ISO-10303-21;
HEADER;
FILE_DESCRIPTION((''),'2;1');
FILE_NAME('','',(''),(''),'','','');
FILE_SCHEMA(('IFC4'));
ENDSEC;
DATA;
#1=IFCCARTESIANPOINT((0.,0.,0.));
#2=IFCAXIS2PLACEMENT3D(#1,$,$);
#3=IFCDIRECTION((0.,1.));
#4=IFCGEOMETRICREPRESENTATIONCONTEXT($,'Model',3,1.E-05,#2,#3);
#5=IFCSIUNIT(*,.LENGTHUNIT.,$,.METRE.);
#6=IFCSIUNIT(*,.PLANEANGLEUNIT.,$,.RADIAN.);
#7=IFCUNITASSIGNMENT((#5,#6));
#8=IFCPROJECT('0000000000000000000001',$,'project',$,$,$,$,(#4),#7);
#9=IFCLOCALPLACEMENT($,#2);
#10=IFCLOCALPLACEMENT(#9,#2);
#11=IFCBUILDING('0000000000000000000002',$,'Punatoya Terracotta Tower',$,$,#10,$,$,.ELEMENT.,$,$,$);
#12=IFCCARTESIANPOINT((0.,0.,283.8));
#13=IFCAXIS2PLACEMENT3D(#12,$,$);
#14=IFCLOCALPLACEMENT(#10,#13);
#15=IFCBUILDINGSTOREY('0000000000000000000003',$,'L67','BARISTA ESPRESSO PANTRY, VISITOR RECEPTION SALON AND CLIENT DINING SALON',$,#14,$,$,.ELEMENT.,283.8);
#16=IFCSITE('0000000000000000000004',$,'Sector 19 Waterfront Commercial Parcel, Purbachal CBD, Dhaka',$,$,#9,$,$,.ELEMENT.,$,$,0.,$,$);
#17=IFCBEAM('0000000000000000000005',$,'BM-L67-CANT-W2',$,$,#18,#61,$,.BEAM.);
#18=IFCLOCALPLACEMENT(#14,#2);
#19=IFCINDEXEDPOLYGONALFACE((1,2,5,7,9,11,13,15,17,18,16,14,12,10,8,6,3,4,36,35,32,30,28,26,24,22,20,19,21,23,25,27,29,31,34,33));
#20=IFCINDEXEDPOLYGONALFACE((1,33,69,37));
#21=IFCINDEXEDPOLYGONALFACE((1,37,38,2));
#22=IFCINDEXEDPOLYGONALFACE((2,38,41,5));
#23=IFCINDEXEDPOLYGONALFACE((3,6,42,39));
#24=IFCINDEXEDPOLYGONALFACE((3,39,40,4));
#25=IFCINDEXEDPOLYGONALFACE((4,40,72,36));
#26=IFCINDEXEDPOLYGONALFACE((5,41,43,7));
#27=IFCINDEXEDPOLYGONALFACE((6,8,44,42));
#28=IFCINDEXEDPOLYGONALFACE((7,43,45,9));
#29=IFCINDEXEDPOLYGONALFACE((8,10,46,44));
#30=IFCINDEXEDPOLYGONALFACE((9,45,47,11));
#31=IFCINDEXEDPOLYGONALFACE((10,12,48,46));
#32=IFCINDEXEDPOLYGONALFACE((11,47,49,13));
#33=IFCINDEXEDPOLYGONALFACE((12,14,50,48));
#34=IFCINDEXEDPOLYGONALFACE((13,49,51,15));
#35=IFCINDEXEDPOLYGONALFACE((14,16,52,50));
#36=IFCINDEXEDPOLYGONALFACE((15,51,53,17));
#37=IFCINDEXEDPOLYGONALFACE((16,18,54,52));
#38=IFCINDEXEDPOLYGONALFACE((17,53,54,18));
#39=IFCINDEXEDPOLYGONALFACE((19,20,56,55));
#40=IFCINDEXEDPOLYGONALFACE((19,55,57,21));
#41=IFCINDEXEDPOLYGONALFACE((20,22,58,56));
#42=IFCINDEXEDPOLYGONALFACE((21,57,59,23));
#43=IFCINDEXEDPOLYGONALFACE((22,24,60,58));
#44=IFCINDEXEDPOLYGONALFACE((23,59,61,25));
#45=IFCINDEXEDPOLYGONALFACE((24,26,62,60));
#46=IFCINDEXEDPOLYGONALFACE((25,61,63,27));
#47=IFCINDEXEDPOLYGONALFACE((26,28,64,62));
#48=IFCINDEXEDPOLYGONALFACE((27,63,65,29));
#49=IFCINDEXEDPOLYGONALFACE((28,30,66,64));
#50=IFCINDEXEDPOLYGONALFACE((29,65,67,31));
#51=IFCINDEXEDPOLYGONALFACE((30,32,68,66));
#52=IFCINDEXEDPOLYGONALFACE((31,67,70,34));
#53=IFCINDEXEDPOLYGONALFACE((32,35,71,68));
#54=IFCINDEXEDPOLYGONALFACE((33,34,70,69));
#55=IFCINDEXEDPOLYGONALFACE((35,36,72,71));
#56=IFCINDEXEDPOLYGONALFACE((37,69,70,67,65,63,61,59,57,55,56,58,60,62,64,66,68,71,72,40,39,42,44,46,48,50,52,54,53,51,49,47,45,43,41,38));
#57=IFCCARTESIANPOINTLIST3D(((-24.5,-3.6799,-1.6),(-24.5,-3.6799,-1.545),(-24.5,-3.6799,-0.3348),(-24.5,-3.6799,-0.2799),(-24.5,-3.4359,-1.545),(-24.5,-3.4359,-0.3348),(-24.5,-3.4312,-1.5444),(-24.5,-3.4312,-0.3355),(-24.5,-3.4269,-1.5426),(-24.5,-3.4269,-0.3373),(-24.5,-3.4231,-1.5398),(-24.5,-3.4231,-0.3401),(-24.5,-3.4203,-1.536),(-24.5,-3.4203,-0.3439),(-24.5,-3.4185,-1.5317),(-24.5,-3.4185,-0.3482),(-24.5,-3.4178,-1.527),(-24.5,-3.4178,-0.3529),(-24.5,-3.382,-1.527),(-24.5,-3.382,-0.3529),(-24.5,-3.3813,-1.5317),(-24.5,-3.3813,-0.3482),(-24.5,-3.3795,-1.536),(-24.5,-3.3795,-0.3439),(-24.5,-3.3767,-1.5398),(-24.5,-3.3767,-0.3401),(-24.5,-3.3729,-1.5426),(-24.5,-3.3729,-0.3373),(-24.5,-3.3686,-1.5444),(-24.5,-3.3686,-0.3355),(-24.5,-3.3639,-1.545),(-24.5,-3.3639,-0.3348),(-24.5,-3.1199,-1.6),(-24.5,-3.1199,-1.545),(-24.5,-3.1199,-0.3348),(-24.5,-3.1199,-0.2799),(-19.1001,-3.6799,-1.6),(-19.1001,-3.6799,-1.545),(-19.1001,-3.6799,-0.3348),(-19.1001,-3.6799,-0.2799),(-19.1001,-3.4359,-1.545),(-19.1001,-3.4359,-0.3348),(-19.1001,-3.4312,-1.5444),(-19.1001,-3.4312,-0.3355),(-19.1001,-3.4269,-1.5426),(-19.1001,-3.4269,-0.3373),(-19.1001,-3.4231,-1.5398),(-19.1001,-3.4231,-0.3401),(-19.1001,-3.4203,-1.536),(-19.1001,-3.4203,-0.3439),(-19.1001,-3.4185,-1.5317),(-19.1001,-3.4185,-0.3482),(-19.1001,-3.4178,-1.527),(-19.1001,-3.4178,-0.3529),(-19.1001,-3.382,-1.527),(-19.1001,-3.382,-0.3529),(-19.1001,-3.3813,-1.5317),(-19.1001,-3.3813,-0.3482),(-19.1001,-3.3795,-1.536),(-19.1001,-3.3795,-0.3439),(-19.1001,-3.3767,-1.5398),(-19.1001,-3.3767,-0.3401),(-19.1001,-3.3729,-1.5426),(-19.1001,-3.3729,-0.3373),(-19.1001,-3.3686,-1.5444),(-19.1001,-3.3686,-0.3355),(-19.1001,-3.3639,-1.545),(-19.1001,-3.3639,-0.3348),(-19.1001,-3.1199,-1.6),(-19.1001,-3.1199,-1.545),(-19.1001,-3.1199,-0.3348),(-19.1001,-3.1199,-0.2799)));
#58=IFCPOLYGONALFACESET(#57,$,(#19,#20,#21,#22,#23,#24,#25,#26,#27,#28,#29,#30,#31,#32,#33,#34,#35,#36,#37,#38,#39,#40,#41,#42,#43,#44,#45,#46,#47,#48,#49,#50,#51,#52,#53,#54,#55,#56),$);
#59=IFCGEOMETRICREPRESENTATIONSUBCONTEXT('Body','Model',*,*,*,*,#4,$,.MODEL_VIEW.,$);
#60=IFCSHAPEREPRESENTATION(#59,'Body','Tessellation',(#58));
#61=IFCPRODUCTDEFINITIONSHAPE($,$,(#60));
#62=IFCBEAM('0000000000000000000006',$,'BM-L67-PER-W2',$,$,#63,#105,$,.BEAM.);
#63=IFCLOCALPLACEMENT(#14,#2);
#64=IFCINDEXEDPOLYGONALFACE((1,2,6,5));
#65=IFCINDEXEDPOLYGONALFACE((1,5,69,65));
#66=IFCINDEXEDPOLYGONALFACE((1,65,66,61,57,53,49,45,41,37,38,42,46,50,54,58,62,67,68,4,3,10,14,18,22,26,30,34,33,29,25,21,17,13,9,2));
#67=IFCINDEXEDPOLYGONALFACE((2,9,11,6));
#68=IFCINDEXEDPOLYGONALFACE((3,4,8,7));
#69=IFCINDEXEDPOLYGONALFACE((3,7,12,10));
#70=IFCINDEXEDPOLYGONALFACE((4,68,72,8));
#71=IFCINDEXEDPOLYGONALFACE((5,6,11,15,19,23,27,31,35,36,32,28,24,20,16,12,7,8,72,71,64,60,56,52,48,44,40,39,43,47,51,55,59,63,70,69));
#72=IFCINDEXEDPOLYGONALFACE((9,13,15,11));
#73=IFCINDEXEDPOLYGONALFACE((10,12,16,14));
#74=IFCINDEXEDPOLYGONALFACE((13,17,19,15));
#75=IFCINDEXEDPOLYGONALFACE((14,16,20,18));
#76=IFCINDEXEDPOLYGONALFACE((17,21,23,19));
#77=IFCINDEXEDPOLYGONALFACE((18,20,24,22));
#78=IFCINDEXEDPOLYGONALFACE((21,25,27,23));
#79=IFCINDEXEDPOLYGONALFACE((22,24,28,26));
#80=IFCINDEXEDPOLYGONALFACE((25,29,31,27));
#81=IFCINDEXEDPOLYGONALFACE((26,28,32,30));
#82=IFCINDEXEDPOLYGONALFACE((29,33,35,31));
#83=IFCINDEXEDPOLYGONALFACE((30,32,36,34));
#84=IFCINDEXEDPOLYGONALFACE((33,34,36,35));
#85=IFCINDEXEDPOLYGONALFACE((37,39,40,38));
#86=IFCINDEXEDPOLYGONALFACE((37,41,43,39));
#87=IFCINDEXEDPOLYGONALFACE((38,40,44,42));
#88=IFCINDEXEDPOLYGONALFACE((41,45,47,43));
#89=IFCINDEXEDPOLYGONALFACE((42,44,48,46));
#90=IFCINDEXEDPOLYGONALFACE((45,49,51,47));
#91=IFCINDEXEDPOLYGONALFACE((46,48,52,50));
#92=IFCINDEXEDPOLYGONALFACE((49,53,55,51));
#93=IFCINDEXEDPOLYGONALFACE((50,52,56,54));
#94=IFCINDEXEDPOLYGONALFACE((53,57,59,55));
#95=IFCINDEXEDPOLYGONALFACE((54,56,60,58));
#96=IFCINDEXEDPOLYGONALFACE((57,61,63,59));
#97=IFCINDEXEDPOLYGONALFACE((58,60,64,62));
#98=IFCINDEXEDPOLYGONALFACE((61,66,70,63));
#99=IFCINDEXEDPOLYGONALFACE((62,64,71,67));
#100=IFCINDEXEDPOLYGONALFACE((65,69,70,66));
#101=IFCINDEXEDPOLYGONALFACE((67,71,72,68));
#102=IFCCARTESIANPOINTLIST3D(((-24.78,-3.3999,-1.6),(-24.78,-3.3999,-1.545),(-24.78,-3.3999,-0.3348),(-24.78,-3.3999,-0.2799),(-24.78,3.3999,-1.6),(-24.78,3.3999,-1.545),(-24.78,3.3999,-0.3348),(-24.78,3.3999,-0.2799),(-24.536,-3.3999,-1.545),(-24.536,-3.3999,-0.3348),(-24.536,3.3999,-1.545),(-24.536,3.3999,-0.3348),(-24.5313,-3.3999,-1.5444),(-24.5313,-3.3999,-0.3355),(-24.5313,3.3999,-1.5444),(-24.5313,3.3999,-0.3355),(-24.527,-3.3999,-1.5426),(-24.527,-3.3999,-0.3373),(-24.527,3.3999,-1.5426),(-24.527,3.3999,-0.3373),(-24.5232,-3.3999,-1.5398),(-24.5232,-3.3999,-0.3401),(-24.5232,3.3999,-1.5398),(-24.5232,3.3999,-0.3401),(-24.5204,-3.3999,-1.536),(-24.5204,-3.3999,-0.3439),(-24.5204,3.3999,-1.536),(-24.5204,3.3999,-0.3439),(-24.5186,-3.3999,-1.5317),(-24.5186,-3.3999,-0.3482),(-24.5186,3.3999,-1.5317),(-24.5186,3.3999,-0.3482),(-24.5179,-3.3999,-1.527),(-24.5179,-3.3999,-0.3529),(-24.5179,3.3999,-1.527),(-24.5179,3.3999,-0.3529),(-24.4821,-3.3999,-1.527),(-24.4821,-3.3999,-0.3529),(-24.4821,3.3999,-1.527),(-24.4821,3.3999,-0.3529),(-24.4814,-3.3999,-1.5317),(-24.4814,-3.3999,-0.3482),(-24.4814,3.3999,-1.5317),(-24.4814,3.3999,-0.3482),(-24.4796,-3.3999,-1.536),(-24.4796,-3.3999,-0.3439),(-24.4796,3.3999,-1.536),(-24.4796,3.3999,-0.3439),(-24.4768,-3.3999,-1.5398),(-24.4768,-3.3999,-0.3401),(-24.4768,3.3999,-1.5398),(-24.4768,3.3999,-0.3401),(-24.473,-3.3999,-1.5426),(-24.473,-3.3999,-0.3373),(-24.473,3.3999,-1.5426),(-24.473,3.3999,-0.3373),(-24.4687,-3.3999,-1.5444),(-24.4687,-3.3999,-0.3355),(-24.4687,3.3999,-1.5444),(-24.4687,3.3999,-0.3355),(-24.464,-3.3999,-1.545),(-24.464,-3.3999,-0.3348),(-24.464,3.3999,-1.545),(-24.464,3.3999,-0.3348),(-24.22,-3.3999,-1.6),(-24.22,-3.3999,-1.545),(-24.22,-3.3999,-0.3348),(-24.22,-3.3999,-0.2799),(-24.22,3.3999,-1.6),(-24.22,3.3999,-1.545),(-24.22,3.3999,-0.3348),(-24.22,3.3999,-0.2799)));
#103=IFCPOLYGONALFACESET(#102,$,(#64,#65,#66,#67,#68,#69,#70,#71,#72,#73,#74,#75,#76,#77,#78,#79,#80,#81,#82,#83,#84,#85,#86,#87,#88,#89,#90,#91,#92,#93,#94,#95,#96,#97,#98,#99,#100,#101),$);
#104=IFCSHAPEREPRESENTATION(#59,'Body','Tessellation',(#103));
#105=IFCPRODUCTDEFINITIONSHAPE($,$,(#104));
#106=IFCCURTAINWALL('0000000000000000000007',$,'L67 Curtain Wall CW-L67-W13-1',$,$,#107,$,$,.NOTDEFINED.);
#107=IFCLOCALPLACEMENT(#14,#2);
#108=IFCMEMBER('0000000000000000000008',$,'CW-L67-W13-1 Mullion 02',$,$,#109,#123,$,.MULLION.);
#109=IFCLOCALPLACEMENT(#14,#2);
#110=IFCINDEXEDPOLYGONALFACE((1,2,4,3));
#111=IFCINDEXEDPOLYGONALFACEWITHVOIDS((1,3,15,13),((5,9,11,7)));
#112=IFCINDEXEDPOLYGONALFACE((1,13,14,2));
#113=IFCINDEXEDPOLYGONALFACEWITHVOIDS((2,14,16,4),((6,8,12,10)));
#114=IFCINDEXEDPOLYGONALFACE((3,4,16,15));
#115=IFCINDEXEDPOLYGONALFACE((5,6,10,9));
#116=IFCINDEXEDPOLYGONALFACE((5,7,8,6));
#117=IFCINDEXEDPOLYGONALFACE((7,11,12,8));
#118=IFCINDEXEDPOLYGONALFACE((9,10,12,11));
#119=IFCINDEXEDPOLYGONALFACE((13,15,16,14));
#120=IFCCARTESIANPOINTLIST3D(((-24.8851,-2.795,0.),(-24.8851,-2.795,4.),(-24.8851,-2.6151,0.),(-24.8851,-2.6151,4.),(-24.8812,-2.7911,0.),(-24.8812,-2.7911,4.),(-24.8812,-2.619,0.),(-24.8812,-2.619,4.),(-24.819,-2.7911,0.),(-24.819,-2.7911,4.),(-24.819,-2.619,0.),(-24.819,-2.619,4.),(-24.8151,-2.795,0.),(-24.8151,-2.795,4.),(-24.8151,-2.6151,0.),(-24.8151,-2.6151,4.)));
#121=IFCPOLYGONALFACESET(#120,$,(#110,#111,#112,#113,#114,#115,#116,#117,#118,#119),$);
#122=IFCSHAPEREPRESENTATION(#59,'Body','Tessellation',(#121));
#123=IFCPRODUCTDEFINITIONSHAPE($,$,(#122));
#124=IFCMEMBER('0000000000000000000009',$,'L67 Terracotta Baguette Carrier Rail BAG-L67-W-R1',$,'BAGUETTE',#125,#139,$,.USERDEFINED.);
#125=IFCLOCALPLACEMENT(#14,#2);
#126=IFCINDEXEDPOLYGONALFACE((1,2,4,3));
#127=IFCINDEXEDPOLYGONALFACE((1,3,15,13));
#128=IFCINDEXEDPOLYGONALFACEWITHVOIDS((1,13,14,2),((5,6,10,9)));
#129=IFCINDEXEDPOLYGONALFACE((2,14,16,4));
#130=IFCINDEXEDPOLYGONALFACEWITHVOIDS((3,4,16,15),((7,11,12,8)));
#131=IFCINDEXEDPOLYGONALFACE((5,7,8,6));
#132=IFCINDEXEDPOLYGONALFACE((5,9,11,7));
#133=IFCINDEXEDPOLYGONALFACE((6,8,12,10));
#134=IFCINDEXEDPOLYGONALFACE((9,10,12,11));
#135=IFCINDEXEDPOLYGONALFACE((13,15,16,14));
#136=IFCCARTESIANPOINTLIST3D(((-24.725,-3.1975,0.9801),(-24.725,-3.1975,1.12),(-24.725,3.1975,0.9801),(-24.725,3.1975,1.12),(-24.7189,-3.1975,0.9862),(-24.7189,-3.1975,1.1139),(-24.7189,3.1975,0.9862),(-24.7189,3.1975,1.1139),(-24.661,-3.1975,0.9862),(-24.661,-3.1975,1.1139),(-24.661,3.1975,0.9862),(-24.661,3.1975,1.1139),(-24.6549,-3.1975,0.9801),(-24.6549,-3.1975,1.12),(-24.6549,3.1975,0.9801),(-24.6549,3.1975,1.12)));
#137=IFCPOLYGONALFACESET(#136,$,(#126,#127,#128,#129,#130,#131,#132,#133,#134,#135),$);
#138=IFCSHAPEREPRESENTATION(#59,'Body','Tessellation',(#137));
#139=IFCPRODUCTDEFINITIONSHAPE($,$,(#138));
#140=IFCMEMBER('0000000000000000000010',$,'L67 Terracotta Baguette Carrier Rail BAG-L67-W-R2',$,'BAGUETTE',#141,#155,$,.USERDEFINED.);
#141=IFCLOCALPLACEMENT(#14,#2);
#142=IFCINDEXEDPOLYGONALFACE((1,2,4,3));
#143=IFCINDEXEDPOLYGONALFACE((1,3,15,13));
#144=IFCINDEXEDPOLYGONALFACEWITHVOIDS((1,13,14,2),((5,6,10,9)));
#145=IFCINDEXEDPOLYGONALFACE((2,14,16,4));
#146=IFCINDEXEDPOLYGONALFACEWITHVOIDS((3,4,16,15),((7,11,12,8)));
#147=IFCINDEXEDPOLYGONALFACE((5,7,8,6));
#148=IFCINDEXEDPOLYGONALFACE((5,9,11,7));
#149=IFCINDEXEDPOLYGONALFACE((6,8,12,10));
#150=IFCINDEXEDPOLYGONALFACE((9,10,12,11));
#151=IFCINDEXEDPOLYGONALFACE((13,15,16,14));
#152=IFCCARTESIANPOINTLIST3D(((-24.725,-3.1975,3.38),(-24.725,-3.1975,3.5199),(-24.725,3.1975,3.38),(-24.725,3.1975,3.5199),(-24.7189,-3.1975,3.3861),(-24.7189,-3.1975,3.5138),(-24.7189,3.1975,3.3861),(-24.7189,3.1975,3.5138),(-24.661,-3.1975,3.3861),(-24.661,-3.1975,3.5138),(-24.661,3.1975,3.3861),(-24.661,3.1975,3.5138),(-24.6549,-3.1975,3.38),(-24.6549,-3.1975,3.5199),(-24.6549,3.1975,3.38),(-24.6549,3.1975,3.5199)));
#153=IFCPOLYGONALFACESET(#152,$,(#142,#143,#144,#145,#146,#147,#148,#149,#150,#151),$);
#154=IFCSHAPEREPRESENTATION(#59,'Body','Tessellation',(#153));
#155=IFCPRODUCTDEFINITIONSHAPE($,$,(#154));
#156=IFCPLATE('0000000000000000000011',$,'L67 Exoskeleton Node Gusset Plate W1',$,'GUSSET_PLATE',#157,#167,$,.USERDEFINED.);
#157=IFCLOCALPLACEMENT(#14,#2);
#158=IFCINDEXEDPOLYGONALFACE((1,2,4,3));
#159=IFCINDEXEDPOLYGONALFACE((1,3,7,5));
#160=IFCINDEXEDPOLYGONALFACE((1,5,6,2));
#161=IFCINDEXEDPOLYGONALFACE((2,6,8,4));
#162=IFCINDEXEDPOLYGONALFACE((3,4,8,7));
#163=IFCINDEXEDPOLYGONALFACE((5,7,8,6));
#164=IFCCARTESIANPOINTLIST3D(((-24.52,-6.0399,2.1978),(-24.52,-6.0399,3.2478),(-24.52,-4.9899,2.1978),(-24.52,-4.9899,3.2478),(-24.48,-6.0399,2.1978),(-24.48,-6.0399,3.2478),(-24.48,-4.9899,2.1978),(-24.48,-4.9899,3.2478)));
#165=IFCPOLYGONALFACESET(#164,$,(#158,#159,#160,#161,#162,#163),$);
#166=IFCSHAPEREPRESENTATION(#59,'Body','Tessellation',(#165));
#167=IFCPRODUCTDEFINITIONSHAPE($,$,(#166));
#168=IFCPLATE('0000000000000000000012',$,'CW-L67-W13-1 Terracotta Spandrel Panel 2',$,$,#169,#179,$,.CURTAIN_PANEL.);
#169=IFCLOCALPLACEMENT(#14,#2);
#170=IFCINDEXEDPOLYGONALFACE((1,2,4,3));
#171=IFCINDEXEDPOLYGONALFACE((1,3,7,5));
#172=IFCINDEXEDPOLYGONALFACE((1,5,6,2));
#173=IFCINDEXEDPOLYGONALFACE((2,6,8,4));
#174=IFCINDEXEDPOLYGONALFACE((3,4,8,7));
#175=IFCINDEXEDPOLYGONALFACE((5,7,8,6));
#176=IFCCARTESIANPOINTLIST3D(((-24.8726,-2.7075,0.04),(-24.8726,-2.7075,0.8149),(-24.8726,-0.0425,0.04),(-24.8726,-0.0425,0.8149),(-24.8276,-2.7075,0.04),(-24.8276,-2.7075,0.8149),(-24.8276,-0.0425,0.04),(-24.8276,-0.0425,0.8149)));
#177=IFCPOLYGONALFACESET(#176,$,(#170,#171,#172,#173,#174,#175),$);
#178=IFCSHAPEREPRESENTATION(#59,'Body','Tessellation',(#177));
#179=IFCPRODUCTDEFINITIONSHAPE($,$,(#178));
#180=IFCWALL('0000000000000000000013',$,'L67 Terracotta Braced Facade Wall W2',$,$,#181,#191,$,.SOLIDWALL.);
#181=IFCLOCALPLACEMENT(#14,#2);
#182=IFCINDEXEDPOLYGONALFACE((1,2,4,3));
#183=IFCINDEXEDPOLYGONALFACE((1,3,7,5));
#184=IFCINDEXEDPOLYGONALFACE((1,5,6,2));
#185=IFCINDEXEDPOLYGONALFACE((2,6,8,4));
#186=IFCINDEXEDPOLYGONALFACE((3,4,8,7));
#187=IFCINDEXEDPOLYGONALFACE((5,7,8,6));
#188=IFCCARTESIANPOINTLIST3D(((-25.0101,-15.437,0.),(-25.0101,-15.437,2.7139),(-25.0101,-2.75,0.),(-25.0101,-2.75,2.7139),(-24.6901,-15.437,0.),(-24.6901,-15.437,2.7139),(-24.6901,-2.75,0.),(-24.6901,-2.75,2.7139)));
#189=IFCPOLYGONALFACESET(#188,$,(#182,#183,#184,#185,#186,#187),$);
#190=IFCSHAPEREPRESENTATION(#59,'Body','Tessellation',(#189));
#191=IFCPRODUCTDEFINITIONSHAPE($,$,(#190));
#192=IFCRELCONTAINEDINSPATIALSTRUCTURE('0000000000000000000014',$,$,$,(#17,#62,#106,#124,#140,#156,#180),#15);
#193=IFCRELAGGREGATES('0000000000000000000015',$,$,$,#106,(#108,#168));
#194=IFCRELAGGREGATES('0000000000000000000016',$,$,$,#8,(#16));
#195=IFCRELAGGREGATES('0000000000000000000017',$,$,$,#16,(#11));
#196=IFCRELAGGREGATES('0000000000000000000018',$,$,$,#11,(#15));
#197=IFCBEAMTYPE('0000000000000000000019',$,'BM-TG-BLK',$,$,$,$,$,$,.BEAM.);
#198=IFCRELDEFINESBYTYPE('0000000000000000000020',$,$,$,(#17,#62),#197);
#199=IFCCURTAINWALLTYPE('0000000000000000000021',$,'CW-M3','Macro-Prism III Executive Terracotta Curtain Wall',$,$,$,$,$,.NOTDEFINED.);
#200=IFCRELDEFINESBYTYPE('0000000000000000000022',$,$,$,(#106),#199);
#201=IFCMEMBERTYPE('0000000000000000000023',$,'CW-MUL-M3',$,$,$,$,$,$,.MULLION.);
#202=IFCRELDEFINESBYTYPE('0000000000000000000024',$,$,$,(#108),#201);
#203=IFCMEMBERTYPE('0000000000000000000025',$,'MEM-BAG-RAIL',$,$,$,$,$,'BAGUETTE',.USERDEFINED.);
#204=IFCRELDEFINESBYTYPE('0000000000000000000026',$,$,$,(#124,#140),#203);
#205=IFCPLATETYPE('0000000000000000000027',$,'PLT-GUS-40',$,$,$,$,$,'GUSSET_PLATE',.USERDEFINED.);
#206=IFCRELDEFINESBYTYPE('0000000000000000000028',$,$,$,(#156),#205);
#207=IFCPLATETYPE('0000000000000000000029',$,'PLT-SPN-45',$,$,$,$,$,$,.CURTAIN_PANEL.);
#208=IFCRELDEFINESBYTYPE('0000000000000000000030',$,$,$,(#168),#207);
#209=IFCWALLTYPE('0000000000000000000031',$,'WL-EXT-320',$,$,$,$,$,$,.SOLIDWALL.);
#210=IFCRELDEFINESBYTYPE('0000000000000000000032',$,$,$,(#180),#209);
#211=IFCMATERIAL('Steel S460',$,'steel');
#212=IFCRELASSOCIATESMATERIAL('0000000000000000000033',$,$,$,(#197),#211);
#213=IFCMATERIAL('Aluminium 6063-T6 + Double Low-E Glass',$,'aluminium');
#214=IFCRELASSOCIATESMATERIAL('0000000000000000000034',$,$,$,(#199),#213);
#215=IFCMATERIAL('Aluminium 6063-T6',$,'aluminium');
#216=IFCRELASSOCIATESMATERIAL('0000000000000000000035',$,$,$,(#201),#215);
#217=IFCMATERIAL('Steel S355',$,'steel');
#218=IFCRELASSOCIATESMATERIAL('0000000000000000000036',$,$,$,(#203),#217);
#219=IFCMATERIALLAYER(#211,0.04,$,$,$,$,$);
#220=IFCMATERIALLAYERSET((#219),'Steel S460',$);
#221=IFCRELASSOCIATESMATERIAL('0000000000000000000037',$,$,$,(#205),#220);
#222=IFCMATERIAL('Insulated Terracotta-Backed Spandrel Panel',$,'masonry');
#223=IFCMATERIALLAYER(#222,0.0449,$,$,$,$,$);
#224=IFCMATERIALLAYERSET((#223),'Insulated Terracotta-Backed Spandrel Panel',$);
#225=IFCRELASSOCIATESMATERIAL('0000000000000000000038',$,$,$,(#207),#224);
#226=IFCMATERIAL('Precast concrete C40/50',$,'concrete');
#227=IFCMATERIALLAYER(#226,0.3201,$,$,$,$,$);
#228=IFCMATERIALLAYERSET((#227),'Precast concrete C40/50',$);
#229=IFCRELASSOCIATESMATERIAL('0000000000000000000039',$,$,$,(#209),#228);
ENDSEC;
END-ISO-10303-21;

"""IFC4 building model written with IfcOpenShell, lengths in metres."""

from ifc_helpers import new_model, si_unit, direction, frame, frame_2d, origin, origin_2d, place, context, subcontext, project, spatial, rectangle, hollow_rectangle, i_section, extrude, material, layer, layer_set, material_profile, profile_set, type_object, element, aggregate, save


model = new_model("IFC4")

# Units and contexts
model_context = context("Model", 3, precision=1e-05, world=origin(), true_north=direction((0.0, 1.0)))
body_context = subcontext(model_context, "Body", "Model", "MODEL_VIEW")
ifc_project = project(units=[si_unit("LENGTHUNIT", "METRE"), si_unit("PLANEANGLEUNIT", "RADIAN")], contexts=[model_context])

# Site, building, storey
site_placement = place(None, origin())
site = spatial("IfcSite", under=ifc_project, at=site_placement, Name="Sector 19 Waterfront Commercial Parcel, Purbachal CBD, Dhaka", CompositionType="ELEMENT", RefElevation=0.0)
building_placement = place(site_placement, origin())
building = spatial("IfcBuilding", under=site, at=building_placement, Name="Punatoya Terracotta Tower", CompositionType="ELEMENT")
storey_placement = place(building_placement, frame((0.0, 0.0, 283.8)))
storey = spatial("IfcBuildingStorey", under=building, at=storey_placement, Name="L67", Description="BARISTA ESPRESSO PANTRY, VISITOR RECEPTION SALON AND CLIENT DINING SALON", CompositionType="ELEMENT", Elevation=283.8)

# Shared definitions
ifc_material_1 = material(Name="Steel S460", Category="steel")

# Beams
ifc_material_profile_1 = material_profile(ifc_material_1, i_section(OverallWidth=0.5601, OverallDepth=1.3201, WebThickness=0.0359, FlangeThickness=0.0549, FilletRadius=0.0181, at=origin_2d()))
ifc_profile_set_1 = profile_set([ifc_material_profile_1], Name="Steel S460")
beam_type = type_object("IfcBeamType", Name="BM-TG-BLK", PredefinedType="BEAM", material=ifc_profile_set_1)
beam_1_placement = place(storey_placement, frame((-24.5, -3.3999, -0.9399), z_axis=(1.0, 0.0, 0.0), x_axis=(0.0, 1.0, 0.0)))
element("IfcBeam", 1, at=beam_1_placement, inside=storey, type_object=beam_type, Name="BM-L67-CANT-W2", PredefinedType="BEAM", context=body_context, shape_type="SweptSolid", body=[
    extrude(i_section(OverallWidth=0.5601, OverallDepth=1.3201, WebThickness=0.0359, FlangeThickness=0.0549, FilletRadius=0.0181, at=origin_2d()), origin(), (0.0, 0.0, 1.0), 5.3999),
])
beam_2_placement = place(storey_placement, frame((-24.5, -3.3999, -0.9399), z_axis=(0.0, 1.0, 0.0), x_axis=(-1.0, 0.0, 0.0)))
element("IfcBeam", 2, at=beam_2_placement, inside=storey, type_object=beam_type, Name="BM-L67-PER-W2", PredefinedType="BEAM", context=body_context, shape_type="SweptSolid", body=[
    extrude(i_section(OverallWidth=0.5601, OverallDepth=1.3201, WebThickness=0.0359, FlangeThickness=0.0549, FilletRadius=0.0181, at=origin_2d()), origin(), (0.0, 0.0, 1.0), 6.7998),
])

# Curtain wall, member
ifc_material_2 = material(Name="Aluminium 6063-T6 + Double Low-E Glass", Category="aluminium")
curtain_wall_type = type_object("IfcCurtainWallType", Name="CW-M3", Description="Macro-Prism III Executive Terracotta Curtain Wall", PredefinedType="NOTDEFINED", material=ifc_material_2)
curtain_wall_placement = place(storey_placement, origin())
curtain_wall = element("IfcCurtainWall", 3, at=curtain_wall_placement, inside=storey, type_object=curtain_wall_type, Name="L67 Curtain Wall CW-L67-W13-1", PredefinedType="NOTDEFINED")
ifc_material_3 = material(Name="Aluminium 6063-T6", Category="aluminium")
ifc_material_profile_2 = material_profile(ifc_material_3, hollow_rectangle(XDim=0.0701, YDim=0.1799, WallThickness=0.0039, at=origin_2d()))
ifc_profile_set_2 = profile_set([ifc_material_profile_2], Name="Aluminium 6063-T6")
member_type_1 = type_object("IfcMemberType", Name="CW-MUL-M3", PredefinedType="MULLION", material=ifc_profile_set_2)
member_placement = place(storey_placement, frame((-24.8501, -2.7051, 0.0), z_axis=(0.0, 0.0, 1.0), x_axis=(1.0, 0.0, 0.0)))
member = element("IfcMember", 4, at=member_placement, type_object=member_type_1, Name="CW-L67-W13-1 Mullion 02", PredefinedType="MULLION", context=body_context, shape_type="SweptSolid", body=[
    extrude(hollow_rectangle(XDim=0.0701, YDim=0.1799, WallThickness=0.0039, at=origin_2d()), origin(), (0.0, 0.0, 1.0), 4.0),
])

# Members
ifc_material_4 = material(Name="Steel S355", Category="steel")
ifc_material_profile_3 = material_profile(ifc_material_4, hollow_rectangle(XDim=0.0701, YDim=0.1399, WallThickness=0.0061, at=origin_2d()))
ifc_profile_set_3 = profile_set([ifc_material_profile_3], Name="Steel S355")
member_type_2 = type_object("IfcMemberType", Name="MEM-BAG-RAIL", ElementType="BAGUETTE", PredefinedType="USERDEFINED", material=ifc_profile_set_3)
for number, where, z_axis, x_axis, name in (
    (5, (-24.6899, -3.1975, 1.05), (0.0, 1.0, 0.0), (-1.0, 0.0, 0.0), "L67 Terracotta Baguette Carrier Rail BAG-L67-W-R1"),
    (6, (-24.6899, -3.1975, 3.45), (0.0, 1.0, 0.0), (-1.0, 0.0, 0.0), "L67 Terracotta Baguette Carrier Rail BAG-L67-W-R2"),
):
    element("IfcMember", number, at=place(storey_placement, frame(where, z_axis=z_axis, x_axis=x_axis)), inside=storey, type_object=member_type_2, Name=name, ObjectType="BAGUETTE", PredefinedType="USERDEFINED", context=body_context, shape_type="SweptSolid", body=[
        extrude(hollow_rectangle(XDim=0.0701, YDim=0.1399, WallThickness=0.0061, at=origin_2d()), origin(), (0.0, 0.0, 1.0), 6.395),
    ])

# Plates
ifc_layer_1 = layer(ifc_material_1, 0.04)
ifc_layer_set_1 = layer_set([ifc_layer_1], Name="Steel S460")
plate_type_1 = type_object("IfcPlateType", Name="PLT-GUS-40", ElementType="GUSSET_PLATE", PredefinedType="USERDEFINED", material=ifc_layer_set_1)
plate_1_placement = place(storey_placement, frame((-24.5, -5.5149, 2.1978), z_axis=(0.0, 0.0, 1.0), x_axis=(0.0, 1.0, 0.0)))
element("IfcPlate", 7, at=plate_1_placement, inside=storey, type_object=plate_type_1, Name="L67 Exoskeleton Node Gusset Plate W1", ObjectType="GUSSET_PLATE", PredefinedType="USERDEFINED", context=body_context, shape_type="SweptSolid", body=[
    extrude(rectangle(XDim=1.05, YDim=0.04, at=origin_2d()), origin(), (0.0, 0.0, 1.0), 1.05),
])
ifc_material_5 = material(Name="Insulated Terracotta-Backed Spandrel Panel", Category="masonry")
ifc_layer_2 = layer(ifc_material_5, 0.0449)
ifc_layer_set_2 = layer_set([ifc_layer_2], Name="Insulated Terracotta-Backed Spandrel Panel")
plate_type_2 = type_object("IfcPlateType", Name="PLT-SPN-45", PredefinedType="CURTAIN_PANEL", material=ifc_layer_set_2)
plate_2_placement = place(storey_placement, frame((-24.8501, -1.375, 0.04), z_axis=(0.0, 0.0, 1.0), x_axis=(0.0, -1.0, 0.0)))
plate_2 = element("IfcPlate", 8, at=plate_2_placement, type_object=plate_type_2, Name="CW-L67-W13-1 Terracotta Spandrel Panel 2", PredefinedType="CURTAIN_PANEL", context=body_context, shape_type="SweptSolid", body=[
    extrude(rectangle(XDim=2.665, YDim=0.0449, at=origin_2d()), origin(), (0.0, 0.0, 1.0), 0.7749),
])
aggregate(curtain_wall, [member, plate_2])

# Wall
ifc_material_6 = material(Name="Precast concrete C40/50", Category="concrete")
ifc_layer_3 = layer(ifc_material_6, 0.3201)
ifc_layer_set_3 = layer_set([ifc_layer_3], Name="Precast concrete C40/50")
wall_type = type_object("IfcWallType", Name="WL-EXT-320", PredefinedType="SOLIDWALL", material=ifc_layer_set_3)
wall_placement = place(storey_placement, frame((-24.8501, -2.75, 0.0), z_axis=(0.0, 0.0, 1.0), x_axis=(0.0, -1.0, 0.0)))
element("IfcWall", 9, at=wall_placement, inside=storey, type_object=wall_type, Name="L67 Terracotta Braced Facade Wall W2", PredefinedType="SOLIDWALL", context=body_context, shape_type="SweptSolid", body=[
    extrude(rectangle(XDim=12.687, YDim=0.3201, at=frame_2d((6.3435, 0.0))), origin(), (0.0, 0.0, 1.0), 2.7139),
])

save(model, "model.ifc")
